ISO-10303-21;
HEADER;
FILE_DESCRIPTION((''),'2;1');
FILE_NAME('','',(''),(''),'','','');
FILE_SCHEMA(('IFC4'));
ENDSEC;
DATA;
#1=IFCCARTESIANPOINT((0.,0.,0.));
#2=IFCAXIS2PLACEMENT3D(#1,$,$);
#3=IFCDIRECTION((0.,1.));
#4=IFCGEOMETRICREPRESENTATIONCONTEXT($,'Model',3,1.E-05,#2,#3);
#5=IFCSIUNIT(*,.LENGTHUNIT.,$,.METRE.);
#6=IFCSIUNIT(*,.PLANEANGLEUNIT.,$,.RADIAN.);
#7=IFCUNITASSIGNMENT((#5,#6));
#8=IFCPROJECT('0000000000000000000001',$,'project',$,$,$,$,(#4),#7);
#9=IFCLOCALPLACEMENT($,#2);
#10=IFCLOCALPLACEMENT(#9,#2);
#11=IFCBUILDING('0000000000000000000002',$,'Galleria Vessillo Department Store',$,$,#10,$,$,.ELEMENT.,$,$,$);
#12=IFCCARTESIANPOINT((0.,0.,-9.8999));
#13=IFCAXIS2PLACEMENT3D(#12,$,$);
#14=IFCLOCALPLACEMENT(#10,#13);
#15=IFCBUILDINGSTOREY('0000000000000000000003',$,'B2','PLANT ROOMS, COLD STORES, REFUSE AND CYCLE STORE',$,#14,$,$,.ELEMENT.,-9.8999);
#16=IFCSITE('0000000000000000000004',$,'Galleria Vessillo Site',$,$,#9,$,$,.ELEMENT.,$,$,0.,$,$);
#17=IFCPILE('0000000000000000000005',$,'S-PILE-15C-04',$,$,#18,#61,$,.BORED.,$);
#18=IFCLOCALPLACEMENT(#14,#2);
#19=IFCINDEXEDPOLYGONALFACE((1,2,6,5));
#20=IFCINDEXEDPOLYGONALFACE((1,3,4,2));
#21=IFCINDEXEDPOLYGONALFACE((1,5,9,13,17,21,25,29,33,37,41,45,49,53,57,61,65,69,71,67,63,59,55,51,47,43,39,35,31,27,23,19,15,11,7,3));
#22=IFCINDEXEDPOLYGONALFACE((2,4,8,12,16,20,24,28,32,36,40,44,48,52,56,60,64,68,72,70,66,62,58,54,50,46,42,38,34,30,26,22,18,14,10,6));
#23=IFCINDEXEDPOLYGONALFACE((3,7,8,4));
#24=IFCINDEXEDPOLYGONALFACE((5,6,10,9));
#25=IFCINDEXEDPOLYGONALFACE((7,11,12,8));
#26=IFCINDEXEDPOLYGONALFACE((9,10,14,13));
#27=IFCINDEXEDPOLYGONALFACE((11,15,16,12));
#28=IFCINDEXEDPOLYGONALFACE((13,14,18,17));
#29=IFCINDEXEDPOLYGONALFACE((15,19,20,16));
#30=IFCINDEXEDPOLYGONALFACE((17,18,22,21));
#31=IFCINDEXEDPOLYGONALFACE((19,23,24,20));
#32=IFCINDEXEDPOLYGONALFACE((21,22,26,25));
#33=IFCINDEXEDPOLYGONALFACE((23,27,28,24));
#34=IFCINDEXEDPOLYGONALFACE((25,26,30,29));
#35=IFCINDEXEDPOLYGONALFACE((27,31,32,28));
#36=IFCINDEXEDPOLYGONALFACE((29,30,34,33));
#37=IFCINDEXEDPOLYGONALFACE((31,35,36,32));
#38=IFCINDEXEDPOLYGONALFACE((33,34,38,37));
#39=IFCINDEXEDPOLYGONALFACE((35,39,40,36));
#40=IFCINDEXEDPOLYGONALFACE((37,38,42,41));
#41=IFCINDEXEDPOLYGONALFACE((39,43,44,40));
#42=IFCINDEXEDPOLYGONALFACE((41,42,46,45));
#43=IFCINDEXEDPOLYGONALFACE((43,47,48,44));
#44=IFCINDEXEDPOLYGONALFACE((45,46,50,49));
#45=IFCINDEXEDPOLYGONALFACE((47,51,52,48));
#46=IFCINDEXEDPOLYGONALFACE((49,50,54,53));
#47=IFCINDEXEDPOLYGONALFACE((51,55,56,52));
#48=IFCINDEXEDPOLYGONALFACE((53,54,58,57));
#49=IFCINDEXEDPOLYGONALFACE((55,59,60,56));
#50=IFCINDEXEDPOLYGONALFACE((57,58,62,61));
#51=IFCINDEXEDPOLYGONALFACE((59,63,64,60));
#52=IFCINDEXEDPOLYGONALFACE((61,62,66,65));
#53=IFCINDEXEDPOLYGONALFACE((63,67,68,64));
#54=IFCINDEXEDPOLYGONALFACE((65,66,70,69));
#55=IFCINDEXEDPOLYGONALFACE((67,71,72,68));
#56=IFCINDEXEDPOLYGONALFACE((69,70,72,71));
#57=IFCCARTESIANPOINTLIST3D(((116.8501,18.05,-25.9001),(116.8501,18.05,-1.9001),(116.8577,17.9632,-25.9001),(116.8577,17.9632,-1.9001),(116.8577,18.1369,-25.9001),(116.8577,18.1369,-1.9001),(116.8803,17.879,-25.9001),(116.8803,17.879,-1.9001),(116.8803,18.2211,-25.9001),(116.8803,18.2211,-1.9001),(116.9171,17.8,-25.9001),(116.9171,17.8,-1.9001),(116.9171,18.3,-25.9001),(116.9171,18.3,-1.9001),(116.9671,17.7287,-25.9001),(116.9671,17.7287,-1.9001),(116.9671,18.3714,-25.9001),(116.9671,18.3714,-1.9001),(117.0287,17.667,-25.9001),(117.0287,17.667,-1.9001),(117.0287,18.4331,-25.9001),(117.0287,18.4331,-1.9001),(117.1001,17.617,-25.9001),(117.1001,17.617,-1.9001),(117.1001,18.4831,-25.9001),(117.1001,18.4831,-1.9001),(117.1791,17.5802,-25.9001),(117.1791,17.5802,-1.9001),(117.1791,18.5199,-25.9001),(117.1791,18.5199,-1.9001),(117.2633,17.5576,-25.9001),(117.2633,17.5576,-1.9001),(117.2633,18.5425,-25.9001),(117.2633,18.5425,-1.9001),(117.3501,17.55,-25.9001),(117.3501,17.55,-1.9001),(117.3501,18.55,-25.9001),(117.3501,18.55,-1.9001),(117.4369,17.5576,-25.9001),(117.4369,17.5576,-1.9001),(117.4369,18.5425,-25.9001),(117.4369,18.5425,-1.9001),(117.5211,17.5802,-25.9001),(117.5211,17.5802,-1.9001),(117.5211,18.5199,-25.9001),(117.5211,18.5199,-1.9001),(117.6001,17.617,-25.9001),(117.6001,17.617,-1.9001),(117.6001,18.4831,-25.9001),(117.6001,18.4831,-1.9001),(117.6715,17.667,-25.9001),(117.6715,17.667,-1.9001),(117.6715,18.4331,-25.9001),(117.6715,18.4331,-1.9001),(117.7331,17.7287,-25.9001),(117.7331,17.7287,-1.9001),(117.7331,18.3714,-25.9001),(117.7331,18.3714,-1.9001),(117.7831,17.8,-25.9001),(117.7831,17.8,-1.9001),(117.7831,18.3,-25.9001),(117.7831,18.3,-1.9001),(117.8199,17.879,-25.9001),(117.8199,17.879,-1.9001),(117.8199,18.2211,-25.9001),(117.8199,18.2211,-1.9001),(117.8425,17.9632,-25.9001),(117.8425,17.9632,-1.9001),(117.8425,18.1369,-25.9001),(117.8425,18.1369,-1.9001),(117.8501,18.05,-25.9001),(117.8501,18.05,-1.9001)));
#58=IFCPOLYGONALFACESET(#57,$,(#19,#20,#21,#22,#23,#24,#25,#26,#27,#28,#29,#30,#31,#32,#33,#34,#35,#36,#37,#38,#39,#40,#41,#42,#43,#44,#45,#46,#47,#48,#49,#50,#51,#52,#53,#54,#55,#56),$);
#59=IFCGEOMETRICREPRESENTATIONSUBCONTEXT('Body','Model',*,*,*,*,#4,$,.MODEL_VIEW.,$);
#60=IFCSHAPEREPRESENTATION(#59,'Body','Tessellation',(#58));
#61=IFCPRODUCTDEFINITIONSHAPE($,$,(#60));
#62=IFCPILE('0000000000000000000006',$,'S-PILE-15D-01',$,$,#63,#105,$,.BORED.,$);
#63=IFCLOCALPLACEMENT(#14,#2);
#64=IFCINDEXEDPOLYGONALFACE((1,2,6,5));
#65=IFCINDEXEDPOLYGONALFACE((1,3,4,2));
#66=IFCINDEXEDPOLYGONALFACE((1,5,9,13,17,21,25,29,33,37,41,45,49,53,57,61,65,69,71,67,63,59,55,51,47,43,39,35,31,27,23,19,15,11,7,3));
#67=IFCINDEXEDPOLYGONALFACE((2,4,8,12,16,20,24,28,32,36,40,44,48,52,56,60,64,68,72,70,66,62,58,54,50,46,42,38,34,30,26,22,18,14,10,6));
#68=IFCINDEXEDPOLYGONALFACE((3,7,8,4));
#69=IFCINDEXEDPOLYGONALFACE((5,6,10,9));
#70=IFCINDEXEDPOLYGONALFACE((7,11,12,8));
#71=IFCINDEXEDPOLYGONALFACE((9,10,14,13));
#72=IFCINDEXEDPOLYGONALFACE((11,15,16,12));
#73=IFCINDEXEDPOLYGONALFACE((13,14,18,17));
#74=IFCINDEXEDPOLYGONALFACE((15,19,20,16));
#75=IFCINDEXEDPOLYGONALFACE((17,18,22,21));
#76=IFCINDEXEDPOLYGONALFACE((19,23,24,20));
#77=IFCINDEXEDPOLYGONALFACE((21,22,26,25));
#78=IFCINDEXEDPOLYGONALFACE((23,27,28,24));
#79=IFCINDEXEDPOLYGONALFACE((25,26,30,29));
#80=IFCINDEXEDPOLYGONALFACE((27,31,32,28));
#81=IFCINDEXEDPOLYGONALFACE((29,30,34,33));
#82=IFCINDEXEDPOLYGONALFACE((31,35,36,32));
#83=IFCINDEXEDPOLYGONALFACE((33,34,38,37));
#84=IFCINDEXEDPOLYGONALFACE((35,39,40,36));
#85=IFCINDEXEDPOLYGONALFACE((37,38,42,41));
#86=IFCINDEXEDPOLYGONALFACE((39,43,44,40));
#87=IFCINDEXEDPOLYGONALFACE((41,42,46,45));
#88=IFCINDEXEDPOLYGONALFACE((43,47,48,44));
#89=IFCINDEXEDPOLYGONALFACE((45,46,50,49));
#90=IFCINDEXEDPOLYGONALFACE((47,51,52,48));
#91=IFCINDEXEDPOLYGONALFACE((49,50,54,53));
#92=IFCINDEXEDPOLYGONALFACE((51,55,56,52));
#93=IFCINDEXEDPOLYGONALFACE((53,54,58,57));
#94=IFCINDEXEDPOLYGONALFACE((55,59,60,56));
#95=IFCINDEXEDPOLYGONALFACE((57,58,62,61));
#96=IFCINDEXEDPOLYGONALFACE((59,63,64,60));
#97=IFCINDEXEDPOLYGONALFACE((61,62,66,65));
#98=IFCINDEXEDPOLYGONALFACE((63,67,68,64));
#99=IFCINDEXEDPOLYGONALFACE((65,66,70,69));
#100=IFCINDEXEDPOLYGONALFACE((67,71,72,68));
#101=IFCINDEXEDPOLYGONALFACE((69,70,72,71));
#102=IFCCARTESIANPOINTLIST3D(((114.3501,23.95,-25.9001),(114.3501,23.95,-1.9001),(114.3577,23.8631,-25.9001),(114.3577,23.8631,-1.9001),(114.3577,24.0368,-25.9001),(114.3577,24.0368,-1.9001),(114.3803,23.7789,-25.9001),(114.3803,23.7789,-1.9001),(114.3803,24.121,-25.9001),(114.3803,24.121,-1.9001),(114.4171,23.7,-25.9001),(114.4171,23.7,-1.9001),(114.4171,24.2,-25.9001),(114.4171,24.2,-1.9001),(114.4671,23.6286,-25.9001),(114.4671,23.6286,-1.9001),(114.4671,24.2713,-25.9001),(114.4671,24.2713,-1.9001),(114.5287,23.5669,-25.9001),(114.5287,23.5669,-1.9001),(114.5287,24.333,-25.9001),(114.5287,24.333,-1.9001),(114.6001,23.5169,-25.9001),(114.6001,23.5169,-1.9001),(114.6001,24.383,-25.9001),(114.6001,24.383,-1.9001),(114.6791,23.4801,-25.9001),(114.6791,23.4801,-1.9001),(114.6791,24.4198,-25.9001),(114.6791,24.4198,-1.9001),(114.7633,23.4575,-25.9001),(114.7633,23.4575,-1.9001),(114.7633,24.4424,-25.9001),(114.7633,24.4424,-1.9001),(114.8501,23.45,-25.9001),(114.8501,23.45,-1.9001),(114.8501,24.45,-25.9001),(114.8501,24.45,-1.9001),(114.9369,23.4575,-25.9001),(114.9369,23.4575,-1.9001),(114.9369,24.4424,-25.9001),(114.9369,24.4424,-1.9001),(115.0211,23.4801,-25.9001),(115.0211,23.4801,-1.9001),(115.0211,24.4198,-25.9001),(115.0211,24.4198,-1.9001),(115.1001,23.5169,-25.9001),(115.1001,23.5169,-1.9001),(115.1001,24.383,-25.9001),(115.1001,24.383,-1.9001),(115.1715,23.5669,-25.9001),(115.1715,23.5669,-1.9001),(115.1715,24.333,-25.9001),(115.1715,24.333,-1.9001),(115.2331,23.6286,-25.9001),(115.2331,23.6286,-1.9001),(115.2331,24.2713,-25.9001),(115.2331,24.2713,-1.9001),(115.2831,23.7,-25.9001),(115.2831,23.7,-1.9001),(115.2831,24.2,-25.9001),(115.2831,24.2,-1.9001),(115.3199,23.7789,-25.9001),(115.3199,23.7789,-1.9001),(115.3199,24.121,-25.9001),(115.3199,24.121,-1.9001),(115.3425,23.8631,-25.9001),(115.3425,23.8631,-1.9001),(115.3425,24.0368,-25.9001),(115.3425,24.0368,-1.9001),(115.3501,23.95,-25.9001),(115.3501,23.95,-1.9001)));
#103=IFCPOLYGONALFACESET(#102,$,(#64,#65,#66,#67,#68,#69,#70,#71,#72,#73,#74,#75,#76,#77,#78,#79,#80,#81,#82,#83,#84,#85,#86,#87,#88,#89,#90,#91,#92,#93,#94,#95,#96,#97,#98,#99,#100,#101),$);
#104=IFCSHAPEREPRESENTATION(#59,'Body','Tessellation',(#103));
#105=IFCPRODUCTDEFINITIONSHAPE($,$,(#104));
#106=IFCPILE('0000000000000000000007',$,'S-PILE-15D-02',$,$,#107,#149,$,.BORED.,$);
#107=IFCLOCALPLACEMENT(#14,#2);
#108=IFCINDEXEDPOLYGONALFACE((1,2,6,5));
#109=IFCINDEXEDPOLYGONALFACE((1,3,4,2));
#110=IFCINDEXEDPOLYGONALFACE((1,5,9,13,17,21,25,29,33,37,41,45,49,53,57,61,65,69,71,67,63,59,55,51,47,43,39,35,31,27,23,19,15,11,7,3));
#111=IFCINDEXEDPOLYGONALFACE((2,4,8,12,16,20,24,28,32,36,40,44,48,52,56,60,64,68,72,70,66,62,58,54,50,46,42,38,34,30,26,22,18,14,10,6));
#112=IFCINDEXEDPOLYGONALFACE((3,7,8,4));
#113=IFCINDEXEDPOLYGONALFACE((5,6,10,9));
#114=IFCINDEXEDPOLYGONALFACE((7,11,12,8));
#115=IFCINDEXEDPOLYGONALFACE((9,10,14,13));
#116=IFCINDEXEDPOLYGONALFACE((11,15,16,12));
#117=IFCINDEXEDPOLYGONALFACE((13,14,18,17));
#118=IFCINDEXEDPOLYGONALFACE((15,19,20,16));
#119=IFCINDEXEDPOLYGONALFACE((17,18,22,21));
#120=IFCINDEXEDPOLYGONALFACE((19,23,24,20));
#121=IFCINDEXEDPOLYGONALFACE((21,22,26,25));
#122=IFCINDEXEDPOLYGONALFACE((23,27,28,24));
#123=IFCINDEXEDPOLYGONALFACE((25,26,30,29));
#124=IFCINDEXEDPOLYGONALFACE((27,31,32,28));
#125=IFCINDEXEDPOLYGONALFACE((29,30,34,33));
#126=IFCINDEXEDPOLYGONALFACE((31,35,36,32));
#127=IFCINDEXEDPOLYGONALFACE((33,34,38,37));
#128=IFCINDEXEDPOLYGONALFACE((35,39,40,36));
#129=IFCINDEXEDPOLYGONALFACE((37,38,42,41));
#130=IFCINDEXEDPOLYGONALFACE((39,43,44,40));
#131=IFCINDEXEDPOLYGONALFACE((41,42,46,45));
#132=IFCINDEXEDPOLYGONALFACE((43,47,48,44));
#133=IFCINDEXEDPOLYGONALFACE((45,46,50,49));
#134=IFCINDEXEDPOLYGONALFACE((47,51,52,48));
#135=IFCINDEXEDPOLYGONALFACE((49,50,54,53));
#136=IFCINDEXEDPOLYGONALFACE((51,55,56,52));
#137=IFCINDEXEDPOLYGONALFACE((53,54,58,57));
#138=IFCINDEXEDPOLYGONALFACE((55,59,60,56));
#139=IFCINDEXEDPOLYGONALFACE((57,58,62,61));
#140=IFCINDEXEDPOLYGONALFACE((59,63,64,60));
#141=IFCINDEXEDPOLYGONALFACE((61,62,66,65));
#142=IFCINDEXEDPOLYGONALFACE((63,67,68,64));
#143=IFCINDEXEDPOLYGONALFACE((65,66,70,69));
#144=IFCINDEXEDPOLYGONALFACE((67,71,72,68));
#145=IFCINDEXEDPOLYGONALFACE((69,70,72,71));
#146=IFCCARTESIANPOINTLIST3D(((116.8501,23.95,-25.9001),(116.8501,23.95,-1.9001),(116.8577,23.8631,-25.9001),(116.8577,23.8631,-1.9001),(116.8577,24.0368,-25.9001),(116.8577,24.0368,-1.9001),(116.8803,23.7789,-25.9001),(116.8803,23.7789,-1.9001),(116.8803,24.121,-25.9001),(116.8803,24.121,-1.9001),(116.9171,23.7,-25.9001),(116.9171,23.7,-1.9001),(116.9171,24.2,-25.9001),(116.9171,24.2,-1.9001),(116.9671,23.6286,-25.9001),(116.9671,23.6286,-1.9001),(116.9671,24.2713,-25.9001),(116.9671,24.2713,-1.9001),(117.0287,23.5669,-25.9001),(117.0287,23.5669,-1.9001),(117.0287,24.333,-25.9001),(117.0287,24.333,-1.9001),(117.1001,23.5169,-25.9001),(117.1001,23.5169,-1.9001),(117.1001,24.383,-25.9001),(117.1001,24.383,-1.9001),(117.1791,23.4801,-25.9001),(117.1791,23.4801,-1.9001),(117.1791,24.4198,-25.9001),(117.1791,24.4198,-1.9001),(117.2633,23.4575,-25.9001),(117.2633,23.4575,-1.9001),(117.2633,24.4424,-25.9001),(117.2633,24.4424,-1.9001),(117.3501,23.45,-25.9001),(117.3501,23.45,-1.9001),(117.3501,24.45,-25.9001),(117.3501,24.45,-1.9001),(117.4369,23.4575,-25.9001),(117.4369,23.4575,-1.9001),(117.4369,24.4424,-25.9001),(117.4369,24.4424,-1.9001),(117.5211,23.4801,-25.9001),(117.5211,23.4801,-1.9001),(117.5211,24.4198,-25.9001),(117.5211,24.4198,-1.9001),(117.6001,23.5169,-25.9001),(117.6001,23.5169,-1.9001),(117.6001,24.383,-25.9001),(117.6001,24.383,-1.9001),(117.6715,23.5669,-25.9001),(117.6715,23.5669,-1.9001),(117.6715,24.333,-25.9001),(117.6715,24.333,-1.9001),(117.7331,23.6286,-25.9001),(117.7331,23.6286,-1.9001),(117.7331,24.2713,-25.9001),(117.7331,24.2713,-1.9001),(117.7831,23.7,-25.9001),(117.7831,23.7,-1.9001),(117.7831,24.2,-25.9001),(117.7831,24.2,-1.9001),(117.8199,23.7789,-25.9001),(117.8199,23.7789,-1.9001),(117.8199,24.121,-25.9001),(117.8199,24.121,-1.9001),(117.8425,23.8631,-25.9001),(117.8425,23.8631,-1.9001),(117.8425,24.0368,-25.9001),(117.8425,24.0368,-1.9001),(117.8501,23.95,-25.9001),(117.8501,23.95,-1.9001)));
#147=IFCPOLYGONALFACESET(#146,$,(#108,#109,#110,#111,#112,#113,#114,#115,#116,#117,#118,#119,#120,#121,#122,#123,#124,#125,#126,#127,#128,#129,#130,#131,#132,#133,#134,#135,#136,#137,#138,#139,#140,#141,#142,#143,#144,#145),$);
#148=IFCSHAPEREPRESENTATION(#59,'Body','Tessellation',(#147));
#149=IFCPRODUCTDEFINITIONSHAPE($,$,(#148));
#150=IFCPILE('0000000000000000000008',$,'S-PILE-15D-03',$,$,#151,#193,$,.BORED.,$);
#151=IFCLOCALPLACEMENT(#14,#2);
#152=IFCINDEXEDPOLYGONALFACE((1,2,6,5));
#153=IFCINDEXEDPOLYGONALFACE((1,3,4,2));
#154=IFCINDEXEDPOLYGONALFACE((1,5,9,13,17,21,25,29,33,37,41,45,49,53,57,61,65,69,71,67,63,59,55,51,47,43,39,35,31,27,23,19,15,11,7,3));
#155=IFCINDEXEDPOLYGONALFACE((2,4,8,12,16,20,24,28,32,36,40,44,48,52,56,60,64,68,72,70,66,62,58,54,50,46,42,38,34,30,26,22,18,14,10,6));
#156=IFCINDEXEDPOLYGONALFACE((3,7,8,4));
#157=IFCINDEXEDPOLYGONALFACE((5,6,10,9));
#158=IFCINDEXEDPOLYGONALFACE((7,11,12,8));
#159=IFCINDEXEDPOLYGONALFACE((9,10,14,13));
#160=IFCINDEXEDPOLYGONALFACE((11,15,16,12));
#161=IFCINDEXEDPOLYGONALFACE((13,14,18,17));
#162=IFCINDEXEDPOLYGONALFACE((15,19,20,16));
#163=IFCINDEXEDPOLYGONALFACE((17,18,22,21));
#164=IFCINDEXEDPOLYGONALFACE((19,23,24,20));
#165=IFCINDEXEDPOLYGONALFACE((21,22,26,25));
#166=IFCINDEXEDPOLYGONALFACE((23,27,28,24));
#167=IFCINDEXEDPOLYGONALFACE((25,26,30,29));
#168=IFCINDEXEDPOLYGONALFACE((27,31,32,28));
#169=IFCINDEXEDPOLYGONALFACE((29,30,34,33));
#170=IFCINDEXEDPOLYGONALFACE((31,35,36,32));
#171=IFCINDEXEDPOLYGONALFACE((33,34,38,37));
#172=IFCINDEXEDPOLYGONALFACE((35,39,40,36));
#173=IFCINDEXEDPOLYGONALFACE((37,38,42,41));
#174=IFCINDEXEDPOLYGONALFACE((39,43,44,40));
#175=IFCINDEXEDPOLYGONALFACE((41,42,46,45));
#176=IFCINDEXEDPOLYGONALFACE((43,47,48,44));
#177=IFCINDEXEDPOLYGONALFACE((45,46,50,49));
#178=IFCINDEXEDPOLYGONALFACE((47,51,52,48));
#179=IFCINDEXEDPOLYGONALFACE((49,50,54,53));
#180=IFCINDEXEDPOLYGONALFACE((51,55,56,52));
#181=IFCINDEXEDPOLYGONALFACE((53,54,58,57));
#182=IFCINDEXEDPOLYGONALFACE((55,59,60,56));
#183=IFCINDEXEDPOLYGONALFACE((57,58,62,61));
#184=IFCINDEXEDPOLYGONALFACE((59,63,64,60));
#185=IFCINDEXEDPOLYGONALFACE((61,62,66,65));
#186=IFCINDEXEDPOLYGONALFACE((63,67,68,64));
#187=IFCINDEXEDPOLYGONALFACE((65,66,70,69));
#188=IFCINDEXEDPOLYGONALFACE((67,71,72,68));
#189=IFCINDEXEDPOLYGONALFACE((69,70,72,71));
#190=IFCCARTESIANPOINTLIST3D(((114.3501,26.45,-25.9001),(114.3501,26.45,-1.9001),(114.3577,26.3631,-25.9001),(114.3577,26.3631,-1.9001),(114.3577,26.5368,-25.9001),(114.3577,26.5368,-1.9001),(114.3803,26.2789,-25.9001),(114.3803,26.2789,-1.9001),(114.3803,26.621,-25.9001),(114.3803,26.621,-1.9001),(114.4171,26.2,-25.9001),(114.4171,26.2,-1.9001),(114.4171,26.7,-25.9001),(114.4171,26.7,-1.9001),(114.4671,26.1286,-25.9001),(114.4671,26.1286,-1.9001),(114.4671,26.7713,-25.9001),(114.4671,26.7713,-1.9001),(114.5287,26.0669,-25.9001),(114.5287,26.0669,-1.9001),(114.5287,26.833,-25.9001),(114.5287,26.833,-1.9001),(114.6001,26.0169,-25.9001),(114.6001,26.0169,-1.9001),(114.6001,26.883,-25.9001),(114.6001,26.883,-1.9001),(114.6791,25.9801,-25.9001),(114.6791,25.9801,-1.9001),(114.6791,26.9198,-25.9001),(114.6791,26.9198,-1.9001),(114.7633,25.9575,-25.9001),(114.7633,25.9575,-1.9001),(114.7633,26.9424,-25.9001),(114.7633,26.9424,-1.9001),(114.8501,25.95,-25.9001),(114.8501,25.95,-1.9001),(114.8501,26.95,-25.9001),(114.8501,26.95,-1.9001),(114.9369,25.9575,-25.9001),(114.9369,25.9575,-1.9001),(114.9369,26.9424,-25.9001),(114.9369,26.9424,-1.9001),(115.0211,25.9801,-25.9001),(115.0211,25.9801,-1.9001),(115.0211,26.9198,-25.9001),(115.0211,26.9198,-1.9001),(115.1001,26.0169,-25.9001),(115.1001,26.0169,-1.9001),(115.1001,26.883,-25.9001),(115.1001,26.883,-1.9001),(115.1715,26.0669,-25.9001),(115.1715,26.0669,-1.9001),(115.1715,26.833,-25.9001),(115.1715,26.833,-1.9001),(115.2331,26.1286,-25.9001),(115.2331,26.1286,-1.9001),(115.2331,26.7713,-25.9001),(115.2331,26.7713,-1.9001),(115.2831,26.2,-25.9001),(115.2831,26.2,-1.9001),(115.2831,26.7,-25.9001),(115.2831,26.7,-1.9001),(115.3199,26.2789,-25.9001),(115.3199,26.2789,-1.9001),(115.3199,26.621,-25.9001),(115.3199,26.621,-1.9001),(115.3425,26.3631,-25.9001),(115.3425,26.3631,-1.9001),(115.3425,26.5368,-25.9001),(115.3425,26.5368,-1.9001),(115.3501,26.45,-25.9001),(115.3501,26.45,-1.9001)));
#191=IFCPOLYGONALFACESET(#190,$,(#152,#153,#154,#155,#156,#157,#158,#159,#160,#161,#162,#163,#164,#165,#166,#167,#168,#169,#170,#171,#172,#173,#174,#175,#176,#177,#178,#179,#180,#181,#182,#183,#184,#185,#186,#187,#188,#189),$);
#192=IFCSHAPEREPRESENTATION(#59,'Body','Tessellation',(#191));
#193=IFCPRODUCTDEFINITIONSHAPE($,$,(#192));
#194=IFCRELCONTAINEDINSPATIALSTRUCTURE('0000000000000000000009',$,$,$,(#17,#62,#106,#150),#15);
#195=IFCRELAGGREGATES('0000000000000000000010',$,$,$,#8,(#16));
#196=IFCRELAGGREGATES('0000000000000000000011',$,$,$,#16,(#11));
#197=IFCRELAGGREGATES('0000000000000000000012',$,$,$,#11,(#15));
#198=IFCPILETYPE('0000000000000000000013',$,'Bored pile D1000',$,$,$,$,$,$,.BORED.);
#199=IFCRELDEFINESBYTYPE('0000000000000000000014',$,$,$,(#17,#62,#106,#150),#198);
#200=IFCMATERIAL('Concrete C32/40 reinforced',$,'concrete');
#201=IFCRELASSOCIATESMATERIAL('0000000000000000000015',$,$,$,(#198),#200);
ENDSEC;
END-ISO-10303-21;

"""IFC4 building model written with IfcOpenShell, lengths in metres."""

from ifc_helpers import new_model, si_unit, direction, frame, origin, origin_2d, place, context, subcontext, project, spatial, circle, extrude, material, material_profile, profile_set, type_object, element, save


model = new_model("IFC4")

# Units and contexts
model_context = context("Model", 3, precision=1e-05, world=origin(), true_north=direction((0.0, 1.0)))
body_context = subcontext(model_context, "Body", "Model", "MODEL_VIEW")
ifc_project = project(units=[si_unit("LENGTHUNIT", "METRE"), si_unit("PLANEANGLEUNIT", "RADIAN")], contexts=[model_context])

# Site, building, storey
site_placement = place(None, origin())
site = spatial("IfcSite", under=ifc_project, at=site_placement, Name="Galleria Vessillo Site", CompositionType="ELEMENT", RefElevation=0.0)
building_placement = place(site_placement, origin())
building = spatial("IfcBuilding", under=site, at=building_placement, Name="Galleria Vessillo Department Store", CompositionType="ELEMENT")
storey_placement = place(building_placement, frame((0.0, 0.0, -9.8999)))
storey = spatial("IfcBuildingStorey", under=building, at=storey_placement, Name="B2", Description="PLANT ROOMS, COLD STORES, REFUSE AND CYCLE STORE", CompositionType="ELEMENT", Elevation=-9.8999)

# Piles
ifc_material_1 = material(Name="Concrete C32/40 reinforced", Category="concrete")
ifc_material_profile_1 = material_profile(ifc_material_1, circle(Radius=0.5, at=origin_2d()), Name="Bored pile D1000")
ifc_profile_set_1 = profile_set([ifc_material_profile_1], Name="Concrete C32/40 reinforced")
pile_type = type_object("IfcPileType", Name="Bored pile D1000", PredefinedType="BORED", material=ifc_profile_set_1)
for number, where, z_axis, x_axis, name in (
    (1, (117.3501, 18.05, -1.9001), (0.0, 0.0, -1.0), (1.0, 0.0, 0.0), "S-PILE-15C-04"),
    (2, (114.8501, 23.95, -1.9001), (0.0, 0.0, -1.0), (1.0, 0.0, 0.0), "S-PILE-15D-01"),
    (3, (117.3501, 23.95, -1.9001), (0.0, 0.0, -1.0), (1.0, 0.0, 0.0), "S-PILE-15D-02"),
    (4, (114.8501, 26.45, -1.9001), (0.0, 0.0, -1.0), (1.0, 0.0, 0.0), "S-PILE-15D-03"),
):
    element("IfcPile", number, at=place(storey_placement, frame(where, z_axis=z_axis, x_axis=x_axis)), inside=storey, type_object=pile_type, Name=name, PredefinedType="BORED", context=body_context, shape_type="SweptSolid", body=[
        extrude(circle(Radius=0.5, at=origin_2d()), origin(), (0.0, 0.0, 1.0), 24.0),
    ])

save(model, "model.ifc")
